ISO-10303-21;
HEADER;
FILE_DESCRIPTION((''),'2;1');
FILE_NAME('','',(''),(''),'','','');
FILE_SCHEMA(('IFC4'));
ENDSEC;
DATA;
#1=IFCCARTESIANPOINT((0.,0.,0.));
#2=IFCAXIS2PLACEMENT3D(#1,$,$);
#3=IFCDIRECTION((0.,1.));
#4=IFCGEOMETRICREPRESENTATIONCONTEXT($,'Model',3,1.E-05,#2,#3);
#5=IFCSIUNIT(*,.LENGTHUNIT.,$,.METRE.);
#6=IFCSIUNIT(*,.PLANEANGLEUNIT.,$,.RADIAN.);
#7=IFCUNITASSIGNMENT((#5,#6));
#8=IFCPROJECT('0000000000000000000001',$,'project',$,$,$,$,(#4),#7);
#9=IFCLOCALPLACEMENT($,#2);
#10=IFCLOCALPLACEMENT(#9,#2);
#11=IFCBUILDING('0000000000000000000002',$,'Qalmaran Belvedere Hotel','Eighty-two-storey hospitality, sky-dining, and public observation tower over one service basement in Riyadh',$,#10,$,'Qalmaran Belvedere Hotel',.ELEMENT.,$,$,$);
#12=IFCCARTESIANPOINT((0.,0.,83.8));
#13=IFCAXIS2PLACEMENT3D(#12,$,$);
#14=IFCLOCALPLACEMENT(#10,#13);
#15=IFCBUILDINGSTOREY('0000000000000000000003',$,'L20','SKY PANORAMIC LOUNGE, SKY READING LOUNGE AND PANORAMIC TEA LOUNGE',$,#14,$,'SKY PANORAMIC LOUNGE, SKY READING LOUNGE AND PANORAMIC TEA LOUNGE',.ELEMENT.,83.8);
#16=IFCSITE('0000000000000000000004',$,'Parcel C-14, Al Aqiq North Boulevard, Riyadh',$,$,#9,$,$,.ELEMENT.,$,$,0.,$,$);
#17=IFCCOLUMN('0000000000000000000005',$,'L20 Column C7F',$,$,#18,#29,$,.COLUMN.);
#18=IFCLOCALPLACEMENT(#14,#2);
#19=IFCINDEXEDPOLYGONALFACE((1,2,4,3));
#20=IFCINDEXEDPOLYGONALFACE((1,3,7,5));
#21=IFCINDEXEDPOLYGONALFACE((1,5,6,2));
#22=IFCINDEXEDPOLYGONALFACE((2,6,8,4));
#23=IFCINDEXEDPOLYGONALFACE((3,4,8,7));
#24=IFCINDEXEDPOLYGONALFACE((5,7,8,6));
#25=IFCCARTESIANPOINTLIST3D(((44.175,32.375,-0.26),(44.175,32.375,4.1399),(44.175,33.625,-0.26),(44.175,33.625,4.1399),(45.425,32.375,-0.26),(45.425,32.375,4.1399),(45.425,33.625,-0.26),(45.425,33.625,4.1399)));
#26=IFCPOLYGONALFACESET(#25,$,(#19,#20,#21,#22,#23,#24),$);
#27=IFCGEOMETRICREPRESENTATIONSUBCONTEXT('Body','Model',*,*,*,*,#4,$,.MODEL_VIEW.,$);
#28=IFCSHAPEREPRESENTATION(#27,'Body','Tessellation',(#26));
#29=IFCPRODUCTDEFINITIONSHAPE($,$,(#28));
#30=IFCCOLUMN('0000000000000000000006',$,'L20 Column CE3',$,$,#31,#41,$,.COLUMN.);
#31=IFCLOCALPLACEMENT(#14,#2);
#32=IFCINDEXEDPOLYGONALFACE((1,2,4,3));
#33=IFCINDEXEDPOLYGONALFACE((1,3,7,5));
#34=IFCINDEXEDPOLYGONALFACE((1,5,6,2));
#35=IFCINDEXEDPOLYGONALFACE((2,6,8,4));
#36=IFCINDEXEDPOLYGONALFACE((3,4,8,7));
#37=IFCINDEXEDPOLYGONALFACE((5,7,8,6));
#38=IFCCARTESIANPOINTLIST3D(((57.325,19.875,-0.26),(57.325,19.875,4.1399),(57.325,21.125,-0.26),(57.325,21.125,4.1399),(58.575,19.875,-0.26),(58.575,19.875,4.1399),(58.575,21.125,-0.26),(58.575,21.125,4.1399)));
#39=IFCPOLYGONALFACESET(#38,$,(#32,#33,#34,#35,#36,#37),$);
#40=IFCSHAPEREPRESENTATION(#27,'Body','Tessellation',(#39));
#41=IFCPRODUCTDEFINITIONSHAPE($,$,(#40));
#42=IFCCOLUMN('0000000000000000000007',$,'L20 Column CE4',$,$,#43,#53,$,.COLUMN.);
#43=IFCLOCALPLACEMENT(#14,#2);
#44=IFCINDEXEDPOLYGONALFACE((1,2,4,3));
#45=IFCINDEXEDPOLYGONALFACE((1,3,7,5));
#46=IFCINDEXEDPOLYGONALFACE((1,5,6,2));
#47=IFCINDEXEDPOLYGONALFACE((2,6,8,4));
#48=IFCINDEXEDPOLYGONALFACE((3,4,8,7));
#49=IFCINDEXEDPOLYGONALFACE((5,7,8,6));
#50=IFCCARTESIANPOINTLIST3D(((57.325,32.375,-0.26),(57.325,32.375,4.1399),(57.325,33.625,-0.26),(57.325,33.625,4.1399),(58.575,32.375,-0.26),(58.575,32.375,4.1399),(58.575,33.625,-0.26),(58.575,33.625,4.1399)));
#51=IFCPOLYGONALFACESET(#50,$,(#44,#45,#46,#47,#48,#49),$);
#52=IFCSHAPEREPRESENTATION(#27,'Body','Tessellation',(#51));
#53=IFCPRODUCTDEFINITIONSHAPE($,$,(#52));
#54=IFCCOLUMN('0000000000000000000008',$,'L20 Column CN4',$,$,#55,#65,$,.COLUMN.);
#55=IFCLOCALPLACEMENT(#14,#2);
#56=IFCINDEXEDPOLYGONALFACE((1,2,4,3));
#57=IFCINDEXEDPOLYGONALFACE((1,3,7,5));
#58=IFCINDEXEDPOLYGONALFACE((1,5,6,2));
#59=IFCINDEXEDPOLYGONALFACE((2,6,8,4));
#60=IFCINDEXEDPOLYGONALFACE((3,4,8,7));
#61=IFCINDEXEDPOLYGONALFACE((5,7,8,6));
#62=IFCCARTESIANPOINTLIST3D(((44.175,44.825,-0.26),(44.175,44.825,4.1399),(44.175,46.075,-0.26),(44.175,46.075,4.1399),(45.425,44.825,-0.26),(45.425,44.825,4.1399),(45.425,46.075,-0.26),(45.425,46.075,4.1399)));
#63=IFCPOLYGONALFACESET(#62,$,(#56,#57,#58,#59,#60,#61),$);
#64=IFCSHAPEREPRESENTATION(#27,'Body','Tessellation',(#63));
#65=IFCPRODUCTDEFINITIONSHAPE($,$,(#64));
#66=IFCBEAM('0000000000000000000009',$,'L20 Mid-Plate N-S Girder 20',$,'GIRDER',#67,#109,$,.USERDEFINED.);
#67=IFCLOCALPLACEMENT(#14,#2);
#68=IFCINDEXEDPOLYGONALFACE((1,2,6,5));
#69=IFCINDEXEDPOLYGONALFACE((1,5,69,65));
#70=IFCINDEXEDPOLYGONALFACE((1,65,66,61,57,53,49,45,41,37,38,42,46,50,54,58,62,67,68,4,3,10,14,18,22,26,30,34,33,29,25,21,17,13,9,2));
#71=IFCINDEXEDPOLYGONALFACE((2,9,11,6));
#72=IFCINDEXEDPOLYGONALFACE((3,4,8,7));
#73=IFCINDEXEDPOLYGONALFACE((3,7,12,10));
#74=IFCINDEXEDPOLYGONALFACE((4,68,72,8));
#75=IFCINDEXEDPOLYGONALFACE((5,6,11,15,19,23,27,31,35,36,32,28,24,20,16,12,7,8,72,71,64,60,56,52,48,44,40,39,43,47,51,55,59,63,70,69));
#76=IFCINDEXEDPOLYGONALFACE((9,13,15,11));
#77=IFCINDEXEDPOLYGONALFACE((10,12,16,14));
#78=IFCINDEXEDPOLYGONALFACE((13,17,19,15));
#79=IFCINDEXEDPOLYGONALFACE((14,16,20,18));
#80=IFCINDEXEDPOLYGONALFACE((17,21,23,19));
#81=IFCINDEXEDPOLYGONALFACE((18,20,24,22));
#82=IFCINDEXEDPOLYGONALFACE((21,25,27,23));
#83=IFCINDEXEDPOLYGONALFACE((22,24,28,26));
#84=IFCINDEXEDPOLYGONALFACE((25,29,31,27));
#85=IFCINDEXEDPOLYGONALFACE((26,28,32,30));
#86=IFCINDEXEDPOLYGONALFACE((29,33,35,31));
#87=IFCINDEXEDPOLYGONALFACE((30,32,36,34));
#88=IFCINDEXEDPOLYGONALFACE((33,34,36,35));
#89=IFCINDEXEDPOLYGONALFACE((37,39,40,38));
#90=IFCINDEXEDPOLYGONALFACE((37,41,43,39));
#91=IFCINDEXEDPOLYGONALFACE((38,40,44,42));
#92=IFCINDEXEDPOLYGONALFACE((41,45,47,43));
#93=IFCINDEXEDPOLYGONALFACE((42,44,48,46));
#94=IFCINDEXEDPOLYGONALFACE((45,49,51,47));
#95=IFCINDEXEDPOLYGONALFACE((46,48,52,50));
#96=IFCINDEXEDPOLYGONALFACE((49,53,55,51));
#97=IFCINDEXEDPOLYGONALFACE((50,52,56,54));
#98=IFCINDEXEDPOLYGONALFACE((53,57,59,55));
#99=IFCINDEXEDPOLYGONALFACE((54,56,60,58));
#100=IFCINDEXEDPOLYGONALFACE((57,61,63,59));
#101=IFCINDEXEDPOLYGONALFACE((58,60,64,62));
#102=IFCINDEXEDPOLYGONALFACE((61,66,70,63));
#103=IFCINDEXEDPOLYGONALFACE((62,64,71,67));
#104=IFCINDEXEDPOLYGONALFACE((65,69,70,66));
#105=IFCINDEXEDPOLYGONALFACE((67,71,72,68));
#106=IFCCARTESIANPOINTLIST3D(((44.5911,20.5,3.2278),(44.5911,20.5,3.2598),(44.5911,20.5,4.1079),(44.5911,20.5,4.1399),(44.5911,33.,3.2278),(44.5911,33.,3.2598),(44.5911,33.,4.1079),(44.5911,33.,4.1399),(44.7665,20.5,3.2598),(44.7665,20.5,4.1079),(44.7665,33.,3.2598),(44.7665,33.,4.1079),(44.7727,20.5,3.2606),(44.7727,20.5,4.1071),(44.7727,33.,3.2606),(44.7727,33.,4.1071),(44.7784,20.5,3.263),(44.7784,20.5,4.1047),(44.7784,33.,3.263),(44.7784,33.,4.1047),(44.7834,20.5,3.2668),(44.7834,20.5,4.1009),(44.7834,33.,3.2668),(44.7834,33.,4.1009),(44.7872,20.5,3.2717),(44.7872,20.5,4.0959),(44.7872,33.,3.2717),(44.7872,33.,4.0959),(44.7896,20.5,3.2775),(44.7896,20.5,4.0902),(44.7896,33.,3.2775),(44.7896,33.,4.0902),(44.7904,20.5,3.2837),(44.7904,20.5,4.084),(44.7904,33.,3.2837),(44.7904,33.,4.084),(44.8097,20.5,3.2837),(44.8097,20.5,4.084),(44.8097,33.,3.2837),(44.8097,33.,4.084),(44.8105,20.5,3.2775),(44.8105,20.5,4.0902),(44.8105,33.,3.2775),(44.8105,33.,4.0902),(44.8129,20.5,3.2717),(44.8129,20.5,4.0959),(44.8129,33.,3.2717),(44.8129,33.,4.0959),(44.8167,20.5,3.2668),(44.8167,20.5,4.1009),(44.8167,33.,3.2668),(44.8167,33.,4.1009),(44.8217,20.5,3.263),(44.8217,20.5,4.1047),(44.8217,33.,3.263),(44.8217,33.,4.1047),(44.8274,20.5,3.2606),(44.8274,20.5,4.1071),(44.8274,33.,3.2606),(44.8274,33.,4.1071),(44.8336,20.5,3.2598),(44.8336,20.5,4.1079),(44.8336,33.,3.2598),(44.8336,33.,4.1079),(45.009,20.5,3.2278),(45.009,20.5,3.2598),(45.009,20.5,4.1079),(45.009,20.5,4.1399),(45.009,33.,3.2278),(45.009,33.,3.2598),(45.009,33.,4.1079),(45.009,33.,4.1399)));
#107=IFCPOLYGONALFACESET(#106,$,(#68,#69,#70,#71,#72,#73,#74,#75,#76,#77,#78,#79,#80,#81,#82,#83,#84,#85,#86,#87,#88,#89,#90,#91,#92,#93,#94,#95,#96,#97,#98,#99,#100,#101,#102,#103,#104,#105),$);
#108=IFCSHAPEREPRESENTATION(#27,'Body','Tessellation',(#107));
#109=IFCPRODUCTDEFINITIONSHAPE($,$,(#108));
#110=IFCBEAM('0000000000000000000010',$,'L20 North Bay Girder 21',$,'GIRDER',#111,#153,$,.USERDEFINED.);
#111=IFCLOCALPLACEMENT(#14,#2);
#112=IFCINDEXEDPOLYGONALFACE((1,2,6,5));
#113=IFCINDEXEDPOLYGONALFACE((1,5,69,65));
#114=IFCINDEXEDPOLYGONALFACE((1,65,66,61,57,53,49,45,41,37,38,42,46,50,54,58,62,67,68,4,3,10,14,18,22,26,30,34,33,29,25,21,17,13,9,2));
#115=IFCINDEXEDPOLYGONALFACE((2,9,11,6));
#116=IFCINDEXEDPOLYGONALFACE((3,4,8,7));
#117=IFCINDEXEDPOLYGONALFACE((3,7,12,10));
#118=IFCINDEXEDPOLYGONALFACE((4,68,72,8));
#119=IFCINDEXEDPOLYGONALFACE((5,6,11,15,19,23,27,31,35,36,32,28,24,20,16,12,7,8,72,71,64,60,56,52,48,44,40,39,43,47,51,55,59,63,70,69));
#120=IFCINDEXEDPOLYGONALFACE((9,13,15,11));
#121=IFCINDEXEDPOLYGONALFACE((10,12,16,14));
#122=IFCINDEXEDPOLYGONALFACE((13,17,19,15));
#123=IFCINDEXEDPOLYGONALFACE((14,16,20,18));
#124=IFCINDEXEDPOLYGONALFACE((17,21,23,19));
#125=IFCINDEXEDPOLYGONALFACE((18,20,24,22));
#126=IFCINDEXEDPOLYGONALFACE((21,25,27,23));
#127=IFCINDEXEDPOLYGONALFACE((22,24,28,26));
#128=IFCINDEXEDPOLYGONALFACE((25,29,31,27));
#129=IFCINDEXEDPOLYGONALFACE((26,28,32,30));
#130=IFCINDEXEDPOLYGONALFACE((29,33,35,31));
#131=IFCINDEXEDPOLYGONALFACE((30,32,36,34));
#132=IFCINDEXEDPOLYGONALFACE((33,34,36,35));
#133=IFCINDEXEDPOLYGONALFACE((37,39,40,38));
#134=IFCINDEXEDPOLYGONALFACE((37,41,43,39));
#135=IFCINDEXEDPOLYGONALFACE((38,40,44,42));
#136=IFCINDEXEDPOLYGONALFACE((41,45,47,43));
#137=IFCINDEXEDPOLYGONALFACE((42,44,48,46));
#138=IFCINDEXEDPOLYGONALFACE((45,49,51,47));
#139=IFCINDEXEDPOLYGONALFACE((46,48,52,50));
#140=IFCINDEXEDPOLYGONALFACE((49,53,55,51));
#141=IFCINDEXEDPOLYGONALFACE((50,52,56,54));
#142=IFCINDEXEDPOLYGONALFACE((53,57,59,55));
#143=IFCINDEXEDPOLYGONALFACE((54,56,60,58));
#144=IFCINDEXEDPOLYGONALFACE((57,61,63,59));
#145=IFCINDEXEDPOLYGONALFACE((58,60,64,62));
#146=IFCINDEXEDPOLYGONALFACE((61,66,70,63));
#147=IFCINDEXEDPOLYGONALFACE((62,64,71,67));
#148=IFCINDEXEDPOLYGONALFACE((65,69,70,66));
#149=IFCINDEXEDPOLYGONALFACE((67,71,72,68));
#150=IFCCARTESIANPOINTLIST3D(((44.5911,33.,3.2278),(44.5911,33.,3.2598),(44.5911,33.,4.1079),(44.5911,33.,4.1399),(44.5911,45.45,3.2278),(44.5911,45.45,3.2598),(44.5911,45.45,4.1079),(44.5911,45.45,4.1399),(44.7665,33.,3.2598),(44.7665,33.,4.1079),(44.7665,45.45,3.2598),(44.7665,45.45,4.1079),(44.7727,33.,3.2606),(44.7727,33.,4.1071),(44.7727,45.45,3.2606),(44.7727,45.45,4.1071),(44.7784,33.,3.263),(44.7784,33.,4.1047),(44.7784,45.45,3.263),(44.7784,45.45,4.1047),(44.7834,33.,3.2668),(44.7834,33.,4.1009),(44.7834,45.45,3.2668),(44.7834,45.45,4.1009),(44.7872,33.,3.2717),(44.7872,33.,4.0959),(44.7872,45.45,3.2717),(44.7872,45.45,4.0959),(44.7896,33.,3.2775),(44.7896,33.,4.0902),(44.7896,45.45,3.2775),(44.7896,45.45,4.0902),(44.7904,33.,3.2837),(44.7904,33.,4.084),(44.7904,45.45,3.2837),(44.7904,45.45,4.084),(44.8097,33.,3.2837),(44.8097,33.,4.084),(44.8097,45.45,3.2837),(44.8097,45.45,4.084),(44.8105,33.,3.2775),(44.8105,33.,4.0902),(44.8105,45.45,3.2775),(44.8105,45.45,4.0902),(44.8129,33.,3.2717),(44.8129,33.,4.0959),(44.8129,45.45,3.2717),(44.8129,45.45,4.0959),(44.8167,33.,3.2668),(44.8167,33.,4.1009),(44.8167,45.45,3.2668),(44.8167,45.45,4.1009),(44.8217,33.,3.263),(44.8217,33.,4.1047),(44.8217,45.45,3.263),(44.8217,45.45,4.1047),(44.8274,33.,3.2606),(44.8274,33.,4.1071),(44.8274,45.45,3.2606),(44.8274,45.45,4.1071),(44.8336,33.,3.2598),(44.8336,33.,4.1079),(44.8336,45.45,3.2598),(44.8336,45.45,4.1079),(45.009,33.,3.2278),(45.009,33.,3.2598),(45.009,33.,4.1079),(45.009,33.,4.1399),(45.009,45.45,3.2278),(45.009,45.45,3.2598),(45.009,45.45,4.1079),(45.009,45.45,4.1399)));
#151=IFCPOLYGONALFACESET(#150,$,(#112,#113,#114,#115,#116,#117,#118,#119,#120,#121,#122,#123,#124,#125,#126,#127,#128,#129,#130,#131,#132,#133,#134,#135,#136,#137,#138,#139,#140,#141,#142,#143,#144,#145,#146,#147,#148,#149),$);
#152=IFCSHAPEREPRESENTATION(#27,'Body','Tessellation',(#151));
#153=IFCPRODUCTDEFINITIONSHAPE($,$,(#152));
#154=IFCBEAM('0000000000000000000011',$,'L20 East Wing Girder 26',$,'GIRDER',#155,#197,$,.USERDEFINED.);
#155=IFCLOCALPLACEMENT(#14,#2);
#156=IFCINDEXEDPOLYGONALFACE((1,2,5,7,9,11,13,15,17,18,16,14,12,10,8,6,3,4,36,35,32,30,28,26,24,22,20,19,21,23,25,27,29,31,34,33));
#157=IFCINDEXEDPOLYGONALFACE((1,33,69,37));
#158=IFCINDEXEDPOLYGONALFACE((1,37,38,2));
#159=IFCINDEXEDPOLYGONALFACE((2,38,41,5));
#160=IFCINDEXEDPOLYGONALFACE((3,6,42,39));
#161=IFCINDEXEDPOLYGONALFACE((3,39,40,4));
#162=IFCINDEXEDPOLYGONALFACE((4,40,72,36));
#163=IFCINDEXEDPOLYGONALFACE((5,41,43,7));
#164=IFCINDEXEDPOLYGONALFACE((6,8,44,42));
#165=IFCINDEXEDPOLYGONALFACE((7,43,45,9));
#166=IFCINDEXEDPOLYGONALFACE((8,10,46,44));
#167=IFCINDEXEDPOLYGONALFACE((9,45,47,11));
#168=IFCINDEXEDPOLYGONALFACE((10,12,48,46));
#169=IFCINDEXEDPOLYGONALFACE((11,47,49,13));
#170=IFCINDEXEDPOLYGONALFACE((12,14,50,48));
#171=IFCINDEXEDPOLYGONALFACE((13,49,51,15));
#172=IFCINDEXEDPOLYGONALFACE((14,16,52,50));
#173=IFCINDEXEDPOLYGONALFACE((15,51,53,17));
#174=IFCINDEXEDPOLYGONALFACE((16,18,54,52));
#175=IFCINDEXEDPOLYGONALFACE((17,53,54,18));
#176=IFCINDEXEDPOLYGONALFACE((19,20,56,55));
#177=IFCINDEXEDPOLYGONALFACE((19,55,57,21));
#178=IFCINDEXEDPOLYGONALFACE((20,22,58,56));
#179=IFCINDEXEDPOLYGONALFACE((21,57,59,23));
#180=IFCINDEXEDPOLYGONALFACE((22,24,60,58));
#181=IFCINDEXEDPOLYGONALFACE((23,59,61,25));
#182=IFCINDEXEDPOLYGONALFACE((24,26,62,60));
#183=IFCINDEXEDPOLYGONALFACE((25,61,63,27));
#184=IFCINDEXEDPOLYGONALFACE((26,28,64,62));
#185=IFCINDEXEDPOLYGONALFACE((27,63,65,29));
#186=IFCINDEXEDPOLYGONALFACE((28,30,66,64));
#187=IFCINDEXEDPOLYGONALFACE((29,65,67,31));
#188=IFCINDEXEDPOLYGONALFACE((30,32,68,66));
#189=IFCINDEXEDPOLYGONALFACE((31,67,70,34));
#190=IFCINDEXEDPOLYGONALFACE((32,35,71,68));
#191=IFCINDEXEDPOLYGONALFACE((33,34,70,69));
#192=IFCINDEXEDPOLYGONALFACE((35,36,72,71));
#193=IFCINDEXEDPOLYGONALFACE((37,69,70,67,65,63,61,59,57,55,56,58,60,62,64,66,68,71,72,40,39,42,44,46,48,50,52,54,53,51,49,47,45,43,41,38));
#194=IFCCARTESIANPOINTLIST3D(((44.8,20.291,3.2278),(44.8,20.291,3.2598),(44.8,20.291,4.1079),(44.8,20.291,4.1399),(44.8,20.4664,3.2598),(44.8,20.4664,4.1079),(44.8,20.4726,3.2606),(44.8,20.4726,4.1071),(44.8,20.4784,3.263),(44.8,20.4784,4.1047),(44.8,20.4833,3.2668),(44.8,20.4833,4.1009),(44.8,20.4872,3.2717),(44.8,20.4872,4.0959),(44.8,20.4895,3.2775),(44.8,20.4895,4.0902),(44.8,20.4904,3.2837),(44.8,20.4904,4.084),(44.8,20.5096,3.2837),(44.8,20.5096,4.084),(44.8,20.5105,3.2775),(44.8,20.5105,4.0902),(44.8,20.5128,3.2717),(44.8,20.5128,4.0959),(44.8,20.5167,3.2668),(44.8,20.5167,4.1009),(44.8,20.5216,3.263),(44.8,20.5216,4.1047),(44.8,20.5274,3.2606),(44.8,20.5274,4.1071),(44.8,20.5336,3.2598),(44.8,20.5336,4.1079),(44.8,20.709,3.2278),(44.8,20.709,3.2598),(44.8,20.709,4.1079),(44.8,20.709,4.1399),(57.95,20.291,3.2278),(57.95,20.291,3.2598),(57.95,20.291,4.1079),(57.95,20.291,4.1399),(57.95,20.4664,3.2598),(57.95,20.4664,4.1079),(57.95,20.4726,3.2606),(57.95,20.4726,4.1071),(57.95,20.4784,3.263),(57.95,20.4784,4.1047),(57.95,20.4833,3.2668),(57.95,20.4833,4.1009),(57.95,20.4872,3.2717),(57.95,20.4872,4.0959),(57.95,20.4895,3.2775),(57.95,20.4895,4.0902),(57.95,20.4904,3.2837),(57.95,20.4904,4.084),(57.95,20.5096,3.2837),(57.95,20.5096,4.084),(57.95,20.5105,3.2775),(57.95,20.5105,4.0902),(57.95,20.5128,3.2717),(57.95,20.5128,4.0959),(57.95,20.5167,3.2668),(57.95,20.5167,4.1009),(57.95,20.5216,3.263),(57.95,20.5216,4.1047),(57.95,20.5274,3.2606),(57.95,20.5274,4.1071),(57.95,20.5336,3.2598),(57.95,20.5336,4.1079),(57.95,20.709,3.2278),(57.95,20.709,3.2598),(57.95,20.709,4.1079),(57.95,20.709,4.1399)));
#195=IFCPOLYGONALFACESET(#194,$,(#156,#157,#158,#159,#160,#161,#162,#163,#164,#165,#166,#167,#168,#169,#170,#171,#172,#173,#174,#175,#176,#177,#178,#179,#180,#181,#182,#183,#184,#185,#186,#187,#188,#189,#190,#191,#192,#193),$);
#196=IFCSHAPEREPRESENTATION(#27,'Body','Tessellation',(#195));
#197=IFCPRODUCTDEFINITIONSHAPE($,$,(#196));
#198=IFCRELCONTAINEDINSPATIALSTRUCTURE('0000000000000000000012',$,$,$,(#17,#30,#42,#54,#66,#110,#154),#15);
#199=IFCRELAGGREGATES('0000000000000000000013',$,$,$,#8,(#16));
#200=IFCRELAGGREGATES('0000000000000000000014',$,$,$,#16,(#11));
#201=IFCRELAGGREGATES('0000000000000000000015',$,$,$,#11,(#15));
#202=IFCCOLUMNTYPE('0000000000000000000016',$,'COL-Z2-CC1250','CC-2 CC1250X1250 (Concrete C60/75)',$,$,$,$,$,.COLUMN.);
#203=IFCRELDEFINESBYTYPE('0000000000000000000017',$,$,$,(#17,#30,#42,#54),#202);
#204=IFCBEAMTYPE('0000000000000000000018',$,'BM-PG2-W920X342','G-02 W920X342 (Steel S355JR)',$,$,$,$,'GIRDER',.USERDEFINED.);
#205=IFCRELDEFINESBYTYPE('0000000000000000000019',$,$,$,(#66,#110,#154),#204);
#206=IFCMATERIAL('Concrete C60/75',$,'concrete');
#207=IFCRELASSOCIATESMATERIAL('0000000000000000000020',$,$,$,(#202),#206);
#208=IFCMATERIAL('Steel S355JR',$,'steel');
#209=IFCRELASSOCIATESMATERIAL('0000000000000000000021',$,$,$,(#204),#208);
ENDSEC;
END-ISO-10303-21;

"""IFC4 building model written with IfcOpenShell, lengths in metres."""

from ifc_helpers import new_model, si_unit, direction, frame, origin, origin_2d, place, context, subcontext, project, spatial, rectangle, i_section, extrude, material, material_profile, profile_set, type_object, element, save


model = new_model("IFC4")

# Units and contexts
model_context = context("Model", 3, precision=1e-05, world=origin(), true_north=direction((0.0, 1.0)))
body_context = subcontext(model_context, "Body", "Model", "MODEL_VIEW")
ifc_project = project(units=[si_unit("LENGTHUNIT", "METRE"), si_unit("PLANEANGLEUNIT", "RADIAN")], contexts=[model_context])

# Site, building, storey
site_placement = place(None, origin())
site = spatial("IfcSite", under=ifc_project, at=site_placement, Name="Parcel C-14, Al Aqiq North Boulevard, Riyadh", CompositionType="ELEMENT", RefElevation=0.0)
building_placement = place(site_placement, origin())
building = spatial("IfcBuilding", under=site, at=building_placement, Name="Qalmaran Belvedere Hotel", Description="Eighty-two-storey hospitality, sky-dining, and public observation tower over one service basement in Riyadh", LongName="Qalmaran Belvedere Hotel", CompositionType="ELEMENT")
storey_placement = place(building_placement, frame((0.0, 0.0, 83.8)))
storey = spatial("IfcBuildingStorey", under=building, at=storey_placement, Name="L20", Description="SKY PANORAMIC LOUNGE, SKY READING LOUNGE AND PANORAMIC TEA LOUNGE", LongName="SKY PANORAMIC LOUNGE, SKY READING LOUNGE AND PANORAMIC TEA LOUNGE", CompositionType="ELEMENT", Elevation=83.8)

# Columns
ifc_material_1 = material(Name="Concrete C60/75", Category="concrete")
ifc_material_profile_1 = material_profile(ifc_material_1, rectangle(XDim=1.25, YDim=1.25, at=origin_2d()), Name="CC1250X1250")
ifc_profile_set_1 = profile_set([ifc_material_profile_1], Name="Concrete C60/75")
column_type = type_object("IfcColumnType", Name="COL-Z2-CC1250", Description="CC-2 CC1250X1250 (Concrete C60/75)", PredefinedType="COLUMN", material=ifc_profile_set_1)
for number, where, z_axis, x_axis, name in (
    (1, (44.8, 33.0, -0.26), (0.0, 0.0, 1.0), (1.0, 0.0, 0.0), "L20 Column C7F"),
    (2, (57.95, 20.5, -0.26), (0.0, 0.0, 1.0), (1.0, 0.0, 0.0), "L20 Column CE3"),
    (3, (57.95, 33.0, -0.26), (0.0, 0.0, 1.0), (1.0, 0.0, 0.0), "L20 Column CE4"),
    (4, (44.8, 45.45, -0.26), (0.0, 0.0, 1.0), (1.0, 0.0, 0.0), "L20 Column CN4"),
):
    element("IfcColumn", number, at=place(storey_placement, frame(where, z_axis=z_axis, x_axis=x_axis)), inside=storey, type_object=column_type, Name=name, PredefinedType="COLUMN", context=body_context, shape_type="SweptSolid", body=[
        extrude(rectangle(XDim=1.25, YDim=1.25, at=origin_2d()), origin(), (0.0, 0.0, 1.0), 4.3999),
    ])

# Beams
ifc_material_2 = material(Name="Steel S355JR", Category="steel")
ifc_material_profile_2 = material_profile(ifc_material_2, i_section(OverallWidth=0.418, OverallDepth=0.9121, WebThickness=0.0193, FlangeThickness=0.032, FilletRadius=0.0239, at=origin_2d()), Name="W920X342")
ifc_profile_set_2 = profile_set([ifc_material_profile_2], Name="Steel S355JR")
beam_type_1 = type_object("IfcBeamType", Name="BM-PG2-W920X342", Description="G-02 W920X342 (Steel S355JR)", ElementType="GIRDER", PredefinedType="USERDEFINED", material=ifc_profile_set_2)
beam_1_placement = place(storey_placement, frame((44.8, 20.5, 3.6838), z_axis=(0.0, 1.0, 0.0), x_axis=(-1.0, 0.0, 0.0)))
element("IfcBeam", 5, at=beam_1_placement, inside=storey, type_object=beam_type_1, Name="L20 Mid-Plate N-S Girder 20", ObjectType="GIRDER", PredefinedType="USERDEFINED", context=body_context, shape_type="SweptSolid", body=[
    extrude(i_section(OverallWidth=0.418, OverallDepth=0.9121, WebThickness=0.0193, FlangeThickness=0.032, FilletRadius=0.0239, at=origin_2d()), origin(), (0.0, 0.0, 1.0), 12.5),
])
beam_2_placement = place(storey_placement, frame((44.8, 33.0, 3.6838), z_axis=(0.0, 1.0, 0.0), x_axis=(-1.0, 0.0, 0.0)))
element("IfcBeam", 6, at=beam_2_placement, inside=storey, type_object=beam_type_1, Name="L20 North Bay Girder 21", ObjectType="GIRDER", PredefinedType="USERDEFINED", context=body_context, shape_type="SweptSolid", body=[
    extrude(i_section(OverallWidth=0.418, OverallDepth=0.9121, WebThickness=0.0193, FlangeThickness=0.032, FilletRadius=0.0239, at=origin_2d()), origin(), (0.0, 0.0, 1.0), 12.45),
])
for number, where, z_axis, x_axis, name in (
    (7, (44.8, 20.5, 3.6838), (1.0, 0.0, 0.0), (0.0, 1.0, 0.0), "L20 East Wing Girder 26"),
):
    element("IfcBeam", number, at=place(storey_placement, frame(where, z_axis=z_axis, x_axis=x_axis)), inside=storey, type_object=beam_type_1, Name=name, ObjectType="GIRDER", PredefinedType="USERDEFINED", context=body_context, shape_type="SweptSolid", body=[
        extrude(i_section(OverallWidth=0.418, OverallDepth=0.9121, WebThickness=0.0193, FlangeThickness=0.032, FilletRadius=0.0239, at=origin_2d()), origin(), (0.0, 0.0, 1.0), 13.1499),
    ])

save(model, "model.ifc")
